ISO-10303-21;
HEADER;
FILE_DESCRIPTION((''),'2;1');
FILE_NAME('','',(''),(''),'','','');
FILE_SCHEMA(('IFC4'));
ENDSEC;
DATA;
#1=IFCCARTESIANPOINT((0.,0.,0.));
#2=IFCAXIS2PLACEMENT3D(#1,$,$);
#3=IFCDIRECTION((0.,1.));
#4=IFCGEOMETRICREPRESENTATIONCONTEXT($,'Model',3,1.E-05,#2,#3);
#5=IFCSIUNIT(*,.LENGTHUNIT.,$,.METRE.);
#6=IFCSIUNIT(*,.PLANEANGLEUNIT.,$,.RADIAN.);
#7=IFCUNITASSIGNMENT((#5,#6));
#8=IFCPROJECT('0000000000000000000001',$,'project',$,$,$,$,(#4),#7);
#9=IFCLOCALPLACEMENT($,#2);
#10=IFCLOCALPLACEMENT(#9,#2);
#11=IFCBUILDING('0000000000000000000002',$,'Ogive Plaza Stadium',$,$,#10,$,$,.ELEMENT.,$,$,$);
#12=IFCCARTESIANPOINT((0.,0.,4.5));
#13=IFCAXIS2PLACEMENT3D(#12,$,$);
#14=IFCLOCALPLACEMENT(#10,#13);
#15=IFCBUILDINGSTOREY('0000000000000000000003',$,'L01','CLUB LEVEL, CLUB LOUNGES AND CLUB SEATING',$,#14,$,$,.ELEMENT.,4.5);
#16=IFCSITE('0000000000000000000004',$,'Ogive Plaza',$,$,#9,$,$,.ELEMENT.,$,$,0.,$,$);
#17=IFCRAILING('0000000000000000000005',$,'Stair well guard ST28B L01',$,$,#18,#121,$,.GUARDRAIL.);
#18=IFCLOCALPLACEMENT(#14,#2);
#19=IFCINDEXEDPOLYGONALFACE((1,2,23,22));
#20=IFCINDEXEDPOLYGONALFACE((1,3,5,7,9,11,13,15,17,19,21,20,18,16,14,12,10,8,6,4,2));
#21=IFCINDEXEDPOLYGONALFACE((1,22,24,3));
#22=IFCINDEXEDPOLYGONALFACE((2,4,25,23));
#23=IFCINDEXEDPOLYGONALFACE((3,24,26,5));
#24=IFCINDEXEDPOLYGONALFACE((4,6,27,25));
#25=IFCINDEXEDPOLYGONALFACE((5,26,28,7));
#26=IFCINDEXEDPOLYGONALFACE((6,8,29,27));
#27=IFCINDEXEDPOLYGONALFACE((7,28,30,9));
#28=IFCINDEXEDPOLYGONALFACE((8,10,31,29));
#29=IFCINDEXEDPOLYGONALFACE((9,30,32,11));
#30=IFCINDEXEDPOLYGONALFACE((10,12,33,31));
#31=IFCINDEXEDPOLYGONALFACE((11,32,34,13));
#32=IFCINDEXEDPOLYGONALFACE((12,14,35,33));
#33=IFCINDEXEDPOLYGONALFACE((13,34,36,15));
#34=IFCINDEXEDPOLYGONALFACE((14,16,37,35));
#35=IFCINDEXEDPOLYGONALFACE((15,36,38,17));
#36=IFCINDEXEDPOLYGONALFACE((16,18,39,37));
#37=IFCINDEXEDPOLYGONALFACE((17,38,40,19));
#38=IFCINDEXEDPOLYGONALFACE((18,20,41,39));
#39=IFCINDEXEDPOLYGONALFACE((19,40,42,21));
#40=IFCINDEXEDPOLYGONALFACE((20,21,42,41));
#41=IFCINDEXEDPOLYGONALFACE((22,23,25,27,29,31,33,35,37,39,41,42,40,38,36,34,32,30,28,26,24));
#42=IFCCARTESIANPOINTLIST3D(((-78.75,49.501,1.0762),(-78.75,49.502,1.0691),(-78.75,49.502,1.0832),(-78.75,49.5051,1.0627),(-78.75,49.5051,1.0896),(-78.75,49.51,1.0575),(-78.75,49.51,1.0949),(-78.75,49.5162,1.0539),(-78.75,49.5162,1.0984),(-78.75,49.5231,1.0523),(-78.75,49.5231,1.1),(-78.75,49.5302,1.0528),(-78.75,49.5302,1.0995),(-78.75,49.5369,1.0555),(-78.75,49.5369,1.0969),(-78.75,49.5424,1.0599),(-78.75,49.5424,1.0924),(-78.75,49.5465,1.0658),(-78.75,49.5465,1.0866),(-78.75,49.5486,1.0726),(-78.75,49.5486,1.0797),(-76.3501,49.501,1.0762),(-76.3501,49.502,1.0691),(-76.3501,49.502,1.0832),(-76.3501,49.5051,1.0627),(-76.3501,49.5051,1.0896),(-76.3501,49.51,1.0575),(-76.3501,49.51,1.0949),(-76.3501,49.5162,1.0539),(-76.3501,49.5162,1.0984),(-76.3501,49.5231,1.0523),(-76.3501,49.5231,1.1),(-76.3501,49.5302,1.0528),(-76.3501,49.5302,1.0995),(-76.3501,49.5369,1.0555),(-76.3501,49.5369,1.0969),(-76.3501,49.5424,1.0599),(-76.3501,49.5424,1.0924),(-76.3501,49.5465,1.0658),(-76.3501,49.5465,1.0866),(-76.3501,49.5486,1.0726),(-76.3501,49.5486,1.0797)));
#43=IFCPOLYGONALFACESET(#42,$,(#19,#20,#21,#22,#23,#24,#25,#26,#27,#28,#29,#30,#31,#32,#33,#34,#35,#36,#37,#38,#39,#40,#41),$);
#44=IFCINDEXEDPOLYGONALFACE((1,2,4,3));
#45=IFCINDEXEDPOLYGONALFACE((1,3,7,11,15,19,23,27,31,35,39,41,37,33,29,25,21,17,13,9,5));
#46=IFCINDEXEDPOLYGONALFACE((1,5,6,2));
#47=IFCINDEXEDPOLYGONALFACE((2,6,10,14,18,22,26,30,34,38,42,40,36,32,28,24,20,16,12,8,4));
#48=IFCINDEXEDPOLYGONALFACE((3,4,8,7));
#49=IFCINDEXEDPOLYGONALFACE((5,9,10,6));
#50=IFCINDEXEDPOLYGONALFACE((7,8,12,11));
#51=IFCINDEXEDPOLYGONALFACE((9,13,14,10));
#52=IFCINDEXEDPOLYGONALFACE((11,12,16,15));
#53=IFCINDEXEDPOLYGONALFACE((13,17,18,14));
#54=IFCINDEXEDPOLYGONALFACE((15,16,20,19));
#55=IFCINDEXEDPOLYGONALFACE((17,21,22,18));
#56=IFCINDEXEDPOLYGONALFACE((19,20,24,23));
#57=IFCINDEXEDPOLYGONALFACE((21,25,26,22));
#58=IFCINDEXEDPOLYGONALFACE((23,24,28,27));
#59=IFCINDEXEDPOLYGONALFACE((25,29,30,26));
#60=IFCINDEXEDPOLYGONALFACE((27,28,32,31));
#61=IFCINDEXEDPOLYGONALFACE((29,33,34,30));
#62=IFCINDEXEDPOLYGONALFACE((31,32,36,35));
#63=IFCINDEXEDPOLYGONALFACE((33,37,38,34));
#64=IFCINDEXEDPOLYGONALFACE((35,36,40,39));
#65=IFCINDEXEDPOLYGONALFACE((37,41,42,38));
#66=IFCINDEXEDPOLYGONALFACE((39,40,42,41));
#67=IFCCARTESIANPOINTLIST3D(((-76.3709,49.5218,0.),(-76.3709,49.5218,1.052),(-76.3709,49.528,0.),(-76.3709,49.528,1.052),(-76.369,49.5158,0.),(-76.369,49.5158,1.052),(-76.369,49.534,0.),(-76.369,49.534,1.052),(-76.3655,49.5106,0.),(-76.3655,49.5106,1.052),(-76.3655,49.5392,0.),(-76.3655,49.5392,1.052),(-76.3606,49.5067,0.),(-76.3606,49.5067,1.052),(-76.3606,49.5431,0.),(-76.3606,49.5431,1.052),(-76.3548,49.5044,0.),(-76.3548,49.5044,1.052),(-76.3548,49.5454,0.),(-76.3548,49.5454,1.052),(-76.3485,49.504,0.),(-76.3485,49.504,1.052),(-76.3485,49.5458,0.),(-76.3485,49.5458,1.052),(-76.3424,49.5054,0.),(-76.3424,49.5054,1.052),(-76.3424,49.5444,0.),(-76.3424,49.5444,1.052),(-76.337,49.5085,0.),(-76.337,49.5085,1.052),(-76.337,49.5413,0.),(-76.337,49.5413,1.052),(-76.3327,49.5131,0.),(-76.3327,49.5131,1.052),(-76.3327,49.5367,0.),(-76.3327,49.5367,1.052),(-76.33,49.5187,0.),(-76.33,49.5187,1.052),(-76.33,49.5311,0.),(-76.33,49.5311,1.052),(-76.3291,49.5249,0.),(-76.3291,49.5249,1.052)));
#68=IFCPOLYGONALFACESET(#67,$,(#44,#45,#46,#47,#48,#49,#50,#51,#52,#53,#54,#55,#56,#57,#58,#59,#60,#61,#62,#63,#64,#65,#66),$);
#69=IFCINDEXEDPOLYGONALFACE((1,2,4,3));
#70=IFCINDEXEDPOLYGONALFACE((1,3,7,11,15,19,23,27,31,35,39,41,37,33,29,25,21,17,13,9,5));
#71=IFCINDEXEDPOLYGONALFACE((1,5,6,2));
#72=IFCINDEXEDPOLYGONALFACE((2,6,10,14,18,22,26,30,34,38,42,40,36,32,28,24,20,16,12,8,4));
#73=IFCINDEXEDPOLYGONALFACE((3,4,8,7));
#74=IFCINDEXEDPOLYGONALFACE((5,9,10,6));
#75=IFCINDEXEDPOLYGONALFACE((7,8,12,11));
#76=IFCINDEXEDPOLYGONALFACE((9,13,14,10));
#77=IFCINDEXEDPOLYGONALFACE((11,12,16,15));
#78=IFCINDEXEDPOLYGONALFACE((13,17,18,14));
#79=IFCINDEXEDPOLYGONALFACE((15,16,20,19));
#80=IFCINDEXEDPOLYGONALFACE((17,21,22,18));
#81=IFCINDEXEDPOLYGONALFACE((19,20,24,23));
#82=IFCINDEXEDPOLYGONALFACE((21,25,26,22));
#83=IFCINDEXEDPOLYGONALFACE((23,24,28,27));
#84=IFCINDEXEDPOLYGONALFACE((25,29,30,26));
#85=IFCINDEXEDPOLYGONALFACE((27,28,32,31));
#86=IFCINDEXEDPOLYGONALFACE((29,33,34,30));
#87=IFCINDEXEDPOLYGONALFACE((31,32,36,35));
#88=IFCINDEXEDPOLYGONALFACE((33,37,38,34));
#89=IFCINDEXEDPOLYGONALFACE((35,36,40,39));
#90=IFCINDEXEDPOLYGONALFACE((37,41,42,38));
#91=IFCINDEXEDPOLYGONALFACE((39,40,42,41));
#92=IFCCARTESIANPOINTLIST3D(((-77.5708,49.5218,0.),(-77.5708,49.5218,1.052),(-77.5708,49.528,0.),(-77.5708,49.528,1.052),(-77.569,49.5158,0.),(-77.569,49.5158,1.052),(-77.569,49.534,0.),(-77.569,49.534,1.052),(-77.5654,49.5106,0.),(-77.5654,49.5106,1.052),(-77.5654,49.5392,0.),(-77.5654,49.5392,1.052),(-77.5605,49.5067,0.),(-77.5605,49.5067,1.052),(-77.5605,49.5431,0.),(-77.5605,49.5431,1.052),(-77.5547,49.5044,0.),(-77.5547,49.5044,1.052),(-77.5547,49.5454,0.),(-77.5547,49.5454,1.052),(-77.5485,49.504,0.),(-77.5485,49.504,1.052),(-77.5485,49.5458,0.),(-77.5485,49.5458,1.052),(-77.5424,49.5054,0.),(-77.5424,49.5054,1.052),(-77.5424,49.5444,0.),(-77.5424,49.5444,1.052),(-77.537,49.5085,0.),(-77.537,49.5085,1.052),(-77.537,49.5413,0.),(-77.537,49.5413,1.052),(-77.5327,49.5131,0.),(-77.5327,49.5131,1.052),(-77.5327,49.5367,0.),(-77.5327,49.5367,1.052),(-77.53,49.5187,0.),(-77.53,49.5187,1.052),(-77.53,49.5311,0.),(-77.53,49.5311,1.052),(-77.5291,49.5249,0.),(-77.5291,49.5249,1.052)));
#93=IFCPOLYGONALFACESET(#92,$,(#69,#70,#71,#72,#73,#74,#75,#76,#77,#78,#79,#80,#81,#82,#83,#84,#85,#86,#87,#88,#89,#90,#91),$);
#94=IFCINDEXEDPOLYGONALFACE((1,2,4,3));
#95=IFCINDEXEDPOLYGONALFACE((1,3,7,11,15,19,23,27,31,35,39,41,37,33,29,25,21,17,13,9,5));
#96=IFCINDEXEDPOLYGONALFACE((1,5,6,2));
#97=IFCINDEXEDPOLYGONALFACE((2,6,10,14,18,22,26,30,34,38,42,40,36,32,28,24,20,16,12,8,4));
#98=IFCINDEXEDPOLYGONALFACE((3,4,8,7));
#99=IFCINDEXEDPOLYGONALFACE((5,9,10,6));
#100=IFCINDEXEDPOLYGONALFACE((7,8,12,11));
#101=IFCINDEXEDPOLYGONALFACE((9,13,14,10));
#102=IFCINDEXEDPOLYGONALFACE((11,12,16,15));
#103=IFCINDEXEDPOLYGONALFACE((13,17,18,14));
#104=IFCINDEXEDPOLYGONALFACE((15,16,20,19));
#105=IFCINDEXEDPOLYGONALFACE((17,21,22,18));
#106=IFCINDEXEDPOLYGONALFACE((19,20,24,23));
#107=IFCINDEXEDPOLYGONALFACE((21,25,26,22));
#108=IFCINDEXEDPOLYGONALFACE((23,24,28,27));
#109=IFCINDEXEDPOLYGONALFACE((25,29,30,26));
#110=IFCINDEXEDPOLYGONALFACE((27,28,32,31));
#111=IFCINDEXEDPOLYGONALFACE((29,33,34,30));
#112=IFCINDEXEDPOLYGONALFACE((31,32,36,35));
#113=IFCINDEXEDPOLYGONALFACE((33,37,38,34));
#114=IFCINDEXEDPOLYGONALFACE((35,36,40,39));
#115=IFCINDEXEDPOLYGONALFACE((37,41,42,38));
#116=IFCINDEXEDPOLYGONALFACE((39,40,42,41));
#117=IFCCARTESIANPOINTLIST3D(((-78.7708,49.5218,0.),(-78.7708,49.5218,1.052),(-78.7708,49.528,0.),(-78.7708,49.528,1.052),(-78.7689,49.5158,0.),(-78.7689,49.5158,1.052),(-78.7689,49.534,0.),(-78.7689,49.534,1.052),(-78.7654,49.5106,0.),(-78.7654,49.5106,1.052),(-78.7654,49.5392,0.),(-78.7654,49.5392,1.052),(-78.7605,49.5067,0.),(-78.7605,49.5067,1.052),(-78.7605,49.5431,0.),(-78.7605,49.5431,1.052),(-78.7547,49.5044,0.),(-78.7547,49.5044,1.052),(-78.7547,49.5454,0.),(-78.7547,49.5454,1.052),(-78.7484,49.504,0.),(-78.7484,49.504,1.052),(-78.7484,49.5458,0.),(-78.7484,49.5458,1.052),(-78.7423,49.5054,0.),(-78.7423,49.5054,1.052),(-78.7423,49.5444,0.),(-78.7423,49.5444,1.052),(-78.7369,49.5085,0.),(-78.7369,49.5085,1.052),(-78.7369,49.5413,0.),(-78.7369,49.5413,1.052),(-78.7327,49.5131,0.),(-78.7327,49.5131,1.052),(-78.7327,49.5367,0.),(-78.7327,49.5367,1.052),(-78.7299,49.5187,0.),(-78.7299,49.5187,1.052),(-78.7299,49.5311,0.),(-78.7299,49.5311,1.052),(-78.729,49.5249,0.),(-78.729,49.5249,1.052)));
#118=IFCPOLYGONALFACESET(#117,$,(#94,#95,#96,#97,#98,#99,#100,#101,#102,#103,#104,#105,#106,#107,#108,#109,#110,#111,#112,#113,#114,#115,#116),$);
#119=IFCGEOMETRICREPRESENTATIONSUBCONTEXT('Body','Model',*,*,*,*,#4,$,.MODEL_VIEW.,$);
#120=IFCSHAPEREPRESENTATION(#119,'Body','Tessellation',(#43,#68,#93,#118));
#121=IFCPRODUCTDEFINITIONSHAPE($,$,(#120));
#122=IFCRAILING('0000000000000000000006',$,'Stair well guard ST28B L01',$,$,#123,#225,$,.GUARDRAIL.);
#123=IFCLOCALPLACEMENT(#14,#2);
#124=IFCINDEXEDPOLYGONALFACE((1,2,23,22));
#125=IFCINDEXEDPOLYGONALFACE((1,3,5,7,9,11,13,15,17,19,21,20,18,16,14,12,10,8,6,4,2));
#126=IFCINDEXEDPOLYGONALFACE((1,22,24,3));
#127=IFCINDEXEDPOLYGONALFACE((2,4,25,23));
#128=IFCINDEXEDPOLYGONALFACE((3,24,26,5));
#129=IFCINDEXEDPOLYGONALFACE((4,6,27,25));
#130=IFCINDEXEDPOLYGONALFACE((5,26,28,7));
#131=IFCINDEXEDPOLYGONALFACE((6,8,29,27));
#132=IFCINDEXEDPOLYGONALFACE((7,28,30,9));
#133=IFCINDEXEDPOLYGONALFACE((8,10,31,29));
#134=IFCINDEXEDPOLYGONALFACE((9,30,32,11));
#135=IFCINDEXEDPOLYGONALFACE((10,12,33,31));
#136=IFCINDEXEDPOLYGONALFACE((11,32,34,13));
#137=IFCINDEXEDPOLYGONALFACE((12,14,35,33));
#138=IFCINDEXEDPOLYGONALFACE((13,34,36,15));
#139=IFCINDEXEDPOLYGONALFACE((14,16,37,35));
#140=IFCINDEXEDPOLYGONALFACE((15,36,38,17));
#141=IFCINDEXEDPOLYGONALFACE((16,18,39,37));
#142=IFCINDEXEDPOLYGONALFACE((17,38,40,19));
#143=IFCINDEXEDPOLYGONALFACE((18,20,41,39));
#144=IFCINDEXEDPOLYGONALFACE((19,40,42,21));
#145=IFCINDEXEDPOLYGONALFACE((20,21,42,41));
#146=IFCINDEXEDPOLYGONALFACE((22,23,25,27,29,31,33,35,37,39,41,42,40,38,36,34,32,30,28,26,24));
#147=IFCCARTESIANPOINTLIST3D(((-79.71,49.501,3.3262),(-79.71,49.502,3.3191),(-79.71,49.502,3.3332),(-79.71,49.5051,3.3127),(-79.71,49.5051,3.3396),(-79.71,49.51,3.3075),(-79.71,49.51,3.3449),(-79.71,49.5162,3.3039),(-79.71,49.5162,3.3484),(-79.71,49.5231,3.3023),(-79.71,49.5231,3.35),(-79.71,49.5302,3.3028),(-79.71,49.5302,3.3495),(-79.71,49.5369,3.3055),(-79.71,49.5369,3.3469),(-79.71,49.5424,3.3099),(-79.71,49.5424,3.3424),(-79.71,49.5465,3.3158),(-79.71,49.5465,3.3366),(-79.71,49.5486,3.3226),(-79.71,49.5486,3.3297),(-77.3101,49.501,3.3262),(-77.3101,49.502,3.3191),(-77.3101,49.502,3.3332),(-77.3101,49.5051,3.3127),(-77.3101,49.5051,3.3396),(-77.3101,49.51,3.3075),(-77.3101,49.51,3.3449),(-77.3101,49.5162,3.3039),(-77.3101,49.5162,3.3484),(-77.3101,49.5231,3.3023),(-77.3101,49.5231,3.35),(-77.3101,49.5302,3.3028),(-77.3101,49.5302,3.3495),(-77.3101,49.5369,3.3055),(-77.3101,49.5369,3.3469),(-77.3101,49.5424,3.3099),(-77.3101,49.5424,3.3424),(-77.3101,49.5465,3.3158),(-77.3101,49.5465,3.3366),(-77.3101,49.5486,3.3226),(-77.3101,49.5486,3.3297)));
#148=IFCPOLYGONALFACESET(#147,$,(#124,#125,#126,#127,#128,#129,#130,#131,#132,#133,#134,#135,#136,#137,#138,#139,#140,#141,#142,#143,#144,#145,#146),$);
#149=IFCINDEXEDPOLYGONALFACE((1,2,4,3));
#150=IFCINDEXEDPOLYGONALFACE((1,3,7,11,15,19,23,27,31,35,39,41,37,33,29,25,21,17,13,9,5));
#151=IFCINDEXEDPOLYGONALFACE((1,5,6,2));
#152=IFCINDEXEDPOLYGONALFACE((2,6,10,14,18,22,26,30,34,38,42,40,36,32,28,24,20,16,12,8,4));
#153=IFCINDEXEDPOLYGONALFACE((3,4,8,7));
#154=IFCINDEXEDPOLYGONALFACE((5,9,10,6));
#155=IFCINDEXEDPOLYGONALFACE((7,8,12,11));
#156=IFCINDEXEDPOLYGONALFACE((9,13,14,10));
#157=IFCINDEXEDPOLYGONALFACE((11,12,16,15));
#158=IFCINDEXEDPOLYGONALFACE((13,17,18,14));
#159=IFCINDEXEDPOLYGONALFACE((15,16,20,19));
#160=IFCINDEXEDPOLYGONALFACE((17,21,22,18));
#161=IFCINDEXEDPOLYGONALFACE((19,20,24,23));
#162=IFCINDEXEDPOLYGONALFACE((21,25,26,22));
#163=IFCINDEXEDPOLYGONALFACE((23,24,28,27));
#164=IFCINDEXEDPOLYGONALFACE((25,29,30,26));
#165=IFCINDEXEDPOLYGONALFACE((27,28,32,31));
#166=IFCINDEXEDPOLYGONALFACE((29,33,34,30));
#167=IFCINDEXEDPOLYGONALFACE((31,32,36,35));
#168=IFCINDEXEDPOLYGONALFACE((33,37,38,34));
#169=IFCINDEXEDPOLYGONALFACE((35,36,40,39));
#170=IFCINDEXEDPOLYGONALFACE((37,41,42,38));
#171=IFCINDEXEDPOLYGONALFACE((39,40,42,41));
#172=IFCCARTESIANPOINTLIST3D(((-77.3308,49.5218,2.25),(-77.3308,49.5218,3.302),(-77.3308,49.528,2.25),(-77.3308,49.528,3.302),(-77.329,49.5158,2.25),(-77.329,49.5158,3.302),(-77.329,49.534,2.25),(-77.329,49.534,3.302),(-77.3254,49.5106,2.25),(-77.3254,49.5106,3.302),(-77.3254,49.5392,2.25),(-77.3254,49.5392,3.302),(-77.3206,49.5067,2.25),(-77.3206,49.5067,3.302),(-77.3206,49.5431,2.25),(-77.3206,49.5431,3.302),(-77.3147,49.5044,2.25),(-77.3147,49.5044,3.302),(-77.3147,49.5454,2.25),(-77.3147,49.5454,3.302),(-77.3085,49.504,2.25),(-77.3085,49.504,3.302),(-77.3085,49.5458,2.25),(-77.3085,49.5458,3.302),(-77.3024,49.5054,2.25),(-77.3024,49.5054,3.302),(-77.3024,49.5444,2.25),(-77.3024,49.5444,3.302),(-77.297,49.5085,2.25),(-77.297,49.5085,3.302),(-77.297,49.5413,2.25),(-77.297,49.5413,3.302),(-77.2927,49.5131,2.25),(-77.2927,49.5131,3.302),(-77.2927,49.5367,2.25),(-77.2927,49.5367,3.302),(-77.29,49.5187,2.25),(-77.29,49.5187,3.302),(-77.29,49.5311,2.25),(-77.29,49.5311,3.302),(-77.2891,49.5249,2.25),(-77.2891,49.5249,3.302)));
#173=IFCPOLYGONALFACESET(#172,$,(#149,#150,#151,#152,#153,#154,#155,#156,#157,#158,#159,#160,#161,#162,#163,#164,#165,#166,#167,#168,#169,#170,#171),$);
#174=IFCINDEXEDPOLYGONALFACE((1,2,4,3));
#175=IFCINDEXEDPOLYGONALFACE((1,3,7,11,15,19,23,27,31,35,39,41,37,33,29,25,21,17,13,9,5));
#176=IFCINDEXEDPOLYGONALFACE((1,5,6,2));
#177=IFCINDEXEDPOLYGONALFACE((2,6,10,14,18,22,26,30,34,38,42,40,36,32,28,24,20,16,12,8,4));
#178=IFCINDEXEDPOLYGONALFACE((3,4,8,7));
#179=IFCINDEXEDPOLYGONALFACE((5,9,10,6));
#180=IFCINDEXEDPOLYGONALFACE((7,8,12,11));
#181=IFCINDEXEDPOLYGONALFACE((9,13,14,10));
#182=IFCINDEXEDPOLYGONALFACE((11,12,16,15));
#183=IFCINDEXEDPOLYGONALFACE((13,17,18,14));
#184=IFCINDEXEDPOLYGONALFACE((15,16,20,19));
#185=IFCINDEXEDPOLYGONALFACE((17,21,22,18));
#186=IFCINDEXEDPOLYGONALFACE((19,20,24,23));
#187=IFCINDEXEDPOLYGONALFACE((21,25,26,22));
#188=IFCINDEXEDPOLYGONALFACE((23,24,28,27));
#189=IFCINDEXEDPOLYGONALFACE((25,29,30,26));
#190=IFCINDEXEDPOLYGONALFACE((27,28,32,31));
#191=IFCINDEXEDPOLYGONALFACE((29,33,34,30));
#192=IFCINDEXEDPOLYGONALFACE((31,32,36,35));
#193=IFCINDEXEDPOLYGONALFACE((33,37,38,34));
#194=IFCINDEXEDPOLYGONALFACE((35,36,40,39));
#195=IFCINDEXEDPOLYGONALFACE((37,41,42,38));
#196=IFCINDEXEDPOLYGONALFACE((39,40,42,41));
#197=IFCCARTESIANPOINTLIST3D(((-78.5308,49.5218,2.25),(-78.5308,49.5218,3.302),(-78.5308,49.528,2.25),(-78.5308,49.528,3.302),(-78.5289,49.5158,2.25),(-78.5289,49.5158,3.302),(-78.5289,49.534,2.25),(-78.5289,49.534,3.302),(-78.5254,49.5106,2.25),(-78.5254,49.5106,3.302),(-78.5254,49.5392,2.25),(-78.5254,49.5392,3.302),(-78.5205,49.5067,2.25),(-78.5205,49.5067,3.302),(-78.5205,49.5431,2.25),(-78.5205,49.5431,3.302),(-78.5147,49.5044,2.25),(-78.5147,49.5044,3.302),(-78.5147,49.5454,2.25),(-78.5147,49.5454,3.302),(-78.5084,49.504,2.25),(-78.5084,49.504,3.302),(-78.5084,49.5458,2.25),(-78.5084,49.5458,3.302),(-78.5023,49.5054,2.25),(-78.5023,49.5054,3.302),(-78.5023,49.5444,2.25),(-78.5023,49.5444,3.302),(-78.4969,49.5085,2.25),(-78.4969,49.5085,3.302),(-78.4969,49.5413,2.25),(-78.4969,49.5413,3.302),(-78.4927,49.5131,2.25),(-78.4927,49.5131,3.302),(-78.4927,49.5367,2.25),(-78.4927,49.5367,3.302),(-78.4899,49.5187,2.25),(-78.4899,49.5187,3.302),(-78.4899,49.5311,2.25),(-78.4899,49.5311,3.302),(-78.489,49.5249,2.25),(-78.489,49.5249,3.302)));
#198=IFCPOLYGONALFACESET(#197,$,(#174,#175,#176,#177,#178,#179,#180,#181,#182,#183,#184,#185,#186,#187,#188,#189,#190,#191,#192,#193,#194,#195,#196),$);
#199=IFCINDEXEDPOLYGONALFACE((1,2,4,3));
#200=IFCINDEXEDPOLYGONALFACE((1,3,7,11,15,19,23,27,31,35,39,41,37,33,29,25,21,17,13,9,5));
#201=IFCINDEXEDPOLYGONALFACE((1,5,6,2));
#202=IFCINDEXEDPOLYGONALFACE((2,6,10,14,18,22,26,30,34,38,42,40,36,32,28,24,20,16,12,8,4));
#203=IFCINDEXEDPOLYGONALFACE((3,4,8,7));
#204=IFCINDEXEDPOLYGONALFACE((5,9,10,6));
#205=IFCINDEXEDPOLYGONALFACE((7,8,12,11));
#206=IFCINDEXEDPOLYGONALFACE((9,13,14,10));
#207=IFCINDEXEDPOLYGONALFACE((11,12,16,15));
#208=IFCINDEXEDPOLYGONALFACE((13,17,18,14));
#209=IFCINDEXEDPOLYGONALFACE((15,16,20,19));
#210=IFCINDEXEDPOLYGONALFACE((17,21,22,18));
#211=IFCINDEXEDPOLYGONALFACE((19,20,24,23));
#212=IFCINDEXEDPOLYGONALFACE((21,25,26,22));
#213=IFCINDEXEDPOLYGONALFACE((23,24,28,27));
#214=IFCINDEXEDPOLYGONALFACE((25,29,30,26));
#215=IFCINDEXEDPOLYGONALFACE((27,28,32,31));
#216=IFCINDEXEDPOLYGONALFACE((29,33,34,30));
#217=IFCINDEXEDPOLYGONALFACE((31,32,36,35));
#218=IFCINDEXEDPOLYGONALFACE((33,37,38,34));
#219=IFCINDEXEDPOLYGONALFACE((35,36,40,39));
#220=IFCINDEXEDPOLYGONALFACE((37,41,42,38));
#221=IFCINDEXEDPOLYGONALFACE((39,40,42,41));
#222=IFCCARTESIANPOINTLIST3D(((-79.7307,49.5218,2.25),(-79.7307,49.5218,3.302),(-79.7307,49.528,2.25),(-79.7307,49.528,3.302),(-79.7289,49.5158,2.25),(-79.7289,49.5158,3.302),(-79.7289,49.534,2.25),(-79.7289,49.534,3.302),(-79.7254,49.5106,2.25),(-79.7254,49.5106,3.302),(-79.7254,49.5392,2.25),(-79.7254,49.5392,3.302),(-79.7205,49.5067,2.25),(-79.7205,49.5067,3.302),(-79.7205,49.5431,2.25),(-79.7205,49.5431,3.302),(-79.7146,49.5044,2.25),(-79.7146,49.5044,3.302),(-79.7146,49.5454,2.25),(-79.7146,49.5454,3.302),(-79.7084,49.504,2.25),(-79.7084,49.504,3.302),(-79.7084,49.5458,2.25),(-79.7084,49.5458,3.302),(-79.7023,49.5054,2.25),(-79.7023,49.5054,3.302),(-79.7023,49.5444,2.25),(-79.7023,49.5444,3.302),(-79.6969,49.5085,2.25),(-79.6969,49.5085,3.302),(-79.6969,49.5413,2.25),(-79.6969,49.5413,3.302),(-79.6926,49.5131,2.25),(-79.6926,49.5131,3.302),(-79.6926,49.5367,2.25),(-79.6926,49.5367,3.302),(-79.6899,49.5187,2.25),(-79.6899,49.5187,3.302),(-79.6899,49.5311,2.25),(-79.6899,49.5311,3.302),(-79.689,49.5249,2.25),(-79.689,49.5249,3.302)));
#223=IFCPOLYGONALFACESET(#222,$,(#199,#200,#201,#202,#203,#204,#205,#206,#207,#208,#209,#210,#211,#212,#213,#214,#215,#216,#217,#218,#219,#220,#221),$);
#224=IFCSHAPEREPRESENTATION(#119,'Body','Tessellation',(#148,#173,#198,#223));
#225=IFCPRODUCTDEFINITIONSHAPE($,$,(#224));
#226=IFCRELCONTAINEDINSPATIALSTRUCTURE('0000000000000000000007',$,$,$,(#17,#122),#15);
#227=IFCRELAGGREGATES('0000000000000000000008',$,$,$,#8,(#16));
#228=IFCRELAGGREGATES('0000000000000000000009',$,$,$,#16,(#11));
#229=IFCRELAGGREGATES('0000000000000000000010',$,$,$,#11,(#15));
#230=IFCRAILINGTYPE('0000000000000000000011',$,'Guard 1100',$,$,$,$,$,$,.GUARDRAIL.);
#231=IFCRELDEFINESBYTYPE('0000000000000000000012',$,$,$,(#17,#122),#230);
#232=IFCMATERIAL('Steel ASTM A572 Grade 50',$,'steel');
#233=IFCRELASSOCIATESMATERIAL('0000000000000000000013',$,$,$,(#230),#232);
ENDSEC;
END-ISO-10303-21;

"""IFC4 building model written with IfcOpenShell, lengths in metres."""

from ifc_helpers import new_model, si_unit, direction, frame, origin, origin_2d, place, context, subcontext, project, spatial, circle, extrude, material, type_object, element, save


model = new_model("IFC4")

# Units and contexts
model_context = context("Model", 3, precision=1e-05, world=origin(), true_north=direction((0.0, 1.0)))
body_context = subcontext(model_context, "Body", "Model", "MODEL_VIEW")
ifc_project = project(units=[si_unit("LENGTHUNIT", "METRE"), si_unit("PLANEANGLEUNIT", "RADIAN")], contexts=[model_context])

# Site, building, storey
site_placement = place(None, origin())
site = spatial("IfcSite", under=ifc_project, at=site_placement, Name="Ogive Plaza", CompositionType="ELEMENT", RefElevation=0.0)
building_placement = place(site_placement, origin())
building = spatial("IfcBuilding", under=site, at=building_placement, Name="Ogive Plaza Stadium", CompositionType="ELEMENT")
storey_placement = place(building_placement, frame((0.0, 0.0, 4.5)))
storey = spatial("IfcBuildingStorey", under=building, at=storey_placement, Name="L01", Description="CLUB LEVEL, CLUB LOUNGES AND CLUB SEATING", CompositionType="ELEMENT", Elevation=4.5)

# Railings
ifc_material_1 = material(Name="Steel ASTM A572 Grade 50", Category="steel")
railing_type_1 = type_object("IfcRailingType", Name="Guard 1100", PredefinedType="GUARDRAIL", material=ifc_material_1)
for number, where, name in (
    (1, (-76.3501, 49.5249, 0.0), "Stair well guard ST28B L01"),
    (2, (-77.3101, 49.5249, 2.25), "Stair well guard ST28B L01"),
):
    element("IfcRailing", number, at=place(storey_placement, frame(where)), inside=storey, type_object=railing_type_1, Name=name, PredefinedType="GUARDRAIL", context=body_context, shape_type="SweptSolid", body=[
        extrude(circle(Radius=0.0239, at=origin_2d()), frame((0.0, 0.0, 1.0762), z_axis=(-1.0, 0.0, 0.0), x_axis=(0.0, -1.0, 0.0)), (0.0, 0.0, 1.0), 2.3999),
        extrude(circle(Radius=0.021, at=origin_2d()), origin(), (0.0, 0.0, 1.0), 1.052),
        extrude(circle(Radius=0.021, at=origin_2d()), frame((-1.2, 0.0, 0.0)), (0.0, 0.0, 1.0), 1.052),
        extrude(circle(Radius=0.021, at=origin_2d()), frame((-2.3999, 0.0, 0.0)), (0.0, 0.0, 1.0), 1.052),
    ])

save(model, "model.ifc")
